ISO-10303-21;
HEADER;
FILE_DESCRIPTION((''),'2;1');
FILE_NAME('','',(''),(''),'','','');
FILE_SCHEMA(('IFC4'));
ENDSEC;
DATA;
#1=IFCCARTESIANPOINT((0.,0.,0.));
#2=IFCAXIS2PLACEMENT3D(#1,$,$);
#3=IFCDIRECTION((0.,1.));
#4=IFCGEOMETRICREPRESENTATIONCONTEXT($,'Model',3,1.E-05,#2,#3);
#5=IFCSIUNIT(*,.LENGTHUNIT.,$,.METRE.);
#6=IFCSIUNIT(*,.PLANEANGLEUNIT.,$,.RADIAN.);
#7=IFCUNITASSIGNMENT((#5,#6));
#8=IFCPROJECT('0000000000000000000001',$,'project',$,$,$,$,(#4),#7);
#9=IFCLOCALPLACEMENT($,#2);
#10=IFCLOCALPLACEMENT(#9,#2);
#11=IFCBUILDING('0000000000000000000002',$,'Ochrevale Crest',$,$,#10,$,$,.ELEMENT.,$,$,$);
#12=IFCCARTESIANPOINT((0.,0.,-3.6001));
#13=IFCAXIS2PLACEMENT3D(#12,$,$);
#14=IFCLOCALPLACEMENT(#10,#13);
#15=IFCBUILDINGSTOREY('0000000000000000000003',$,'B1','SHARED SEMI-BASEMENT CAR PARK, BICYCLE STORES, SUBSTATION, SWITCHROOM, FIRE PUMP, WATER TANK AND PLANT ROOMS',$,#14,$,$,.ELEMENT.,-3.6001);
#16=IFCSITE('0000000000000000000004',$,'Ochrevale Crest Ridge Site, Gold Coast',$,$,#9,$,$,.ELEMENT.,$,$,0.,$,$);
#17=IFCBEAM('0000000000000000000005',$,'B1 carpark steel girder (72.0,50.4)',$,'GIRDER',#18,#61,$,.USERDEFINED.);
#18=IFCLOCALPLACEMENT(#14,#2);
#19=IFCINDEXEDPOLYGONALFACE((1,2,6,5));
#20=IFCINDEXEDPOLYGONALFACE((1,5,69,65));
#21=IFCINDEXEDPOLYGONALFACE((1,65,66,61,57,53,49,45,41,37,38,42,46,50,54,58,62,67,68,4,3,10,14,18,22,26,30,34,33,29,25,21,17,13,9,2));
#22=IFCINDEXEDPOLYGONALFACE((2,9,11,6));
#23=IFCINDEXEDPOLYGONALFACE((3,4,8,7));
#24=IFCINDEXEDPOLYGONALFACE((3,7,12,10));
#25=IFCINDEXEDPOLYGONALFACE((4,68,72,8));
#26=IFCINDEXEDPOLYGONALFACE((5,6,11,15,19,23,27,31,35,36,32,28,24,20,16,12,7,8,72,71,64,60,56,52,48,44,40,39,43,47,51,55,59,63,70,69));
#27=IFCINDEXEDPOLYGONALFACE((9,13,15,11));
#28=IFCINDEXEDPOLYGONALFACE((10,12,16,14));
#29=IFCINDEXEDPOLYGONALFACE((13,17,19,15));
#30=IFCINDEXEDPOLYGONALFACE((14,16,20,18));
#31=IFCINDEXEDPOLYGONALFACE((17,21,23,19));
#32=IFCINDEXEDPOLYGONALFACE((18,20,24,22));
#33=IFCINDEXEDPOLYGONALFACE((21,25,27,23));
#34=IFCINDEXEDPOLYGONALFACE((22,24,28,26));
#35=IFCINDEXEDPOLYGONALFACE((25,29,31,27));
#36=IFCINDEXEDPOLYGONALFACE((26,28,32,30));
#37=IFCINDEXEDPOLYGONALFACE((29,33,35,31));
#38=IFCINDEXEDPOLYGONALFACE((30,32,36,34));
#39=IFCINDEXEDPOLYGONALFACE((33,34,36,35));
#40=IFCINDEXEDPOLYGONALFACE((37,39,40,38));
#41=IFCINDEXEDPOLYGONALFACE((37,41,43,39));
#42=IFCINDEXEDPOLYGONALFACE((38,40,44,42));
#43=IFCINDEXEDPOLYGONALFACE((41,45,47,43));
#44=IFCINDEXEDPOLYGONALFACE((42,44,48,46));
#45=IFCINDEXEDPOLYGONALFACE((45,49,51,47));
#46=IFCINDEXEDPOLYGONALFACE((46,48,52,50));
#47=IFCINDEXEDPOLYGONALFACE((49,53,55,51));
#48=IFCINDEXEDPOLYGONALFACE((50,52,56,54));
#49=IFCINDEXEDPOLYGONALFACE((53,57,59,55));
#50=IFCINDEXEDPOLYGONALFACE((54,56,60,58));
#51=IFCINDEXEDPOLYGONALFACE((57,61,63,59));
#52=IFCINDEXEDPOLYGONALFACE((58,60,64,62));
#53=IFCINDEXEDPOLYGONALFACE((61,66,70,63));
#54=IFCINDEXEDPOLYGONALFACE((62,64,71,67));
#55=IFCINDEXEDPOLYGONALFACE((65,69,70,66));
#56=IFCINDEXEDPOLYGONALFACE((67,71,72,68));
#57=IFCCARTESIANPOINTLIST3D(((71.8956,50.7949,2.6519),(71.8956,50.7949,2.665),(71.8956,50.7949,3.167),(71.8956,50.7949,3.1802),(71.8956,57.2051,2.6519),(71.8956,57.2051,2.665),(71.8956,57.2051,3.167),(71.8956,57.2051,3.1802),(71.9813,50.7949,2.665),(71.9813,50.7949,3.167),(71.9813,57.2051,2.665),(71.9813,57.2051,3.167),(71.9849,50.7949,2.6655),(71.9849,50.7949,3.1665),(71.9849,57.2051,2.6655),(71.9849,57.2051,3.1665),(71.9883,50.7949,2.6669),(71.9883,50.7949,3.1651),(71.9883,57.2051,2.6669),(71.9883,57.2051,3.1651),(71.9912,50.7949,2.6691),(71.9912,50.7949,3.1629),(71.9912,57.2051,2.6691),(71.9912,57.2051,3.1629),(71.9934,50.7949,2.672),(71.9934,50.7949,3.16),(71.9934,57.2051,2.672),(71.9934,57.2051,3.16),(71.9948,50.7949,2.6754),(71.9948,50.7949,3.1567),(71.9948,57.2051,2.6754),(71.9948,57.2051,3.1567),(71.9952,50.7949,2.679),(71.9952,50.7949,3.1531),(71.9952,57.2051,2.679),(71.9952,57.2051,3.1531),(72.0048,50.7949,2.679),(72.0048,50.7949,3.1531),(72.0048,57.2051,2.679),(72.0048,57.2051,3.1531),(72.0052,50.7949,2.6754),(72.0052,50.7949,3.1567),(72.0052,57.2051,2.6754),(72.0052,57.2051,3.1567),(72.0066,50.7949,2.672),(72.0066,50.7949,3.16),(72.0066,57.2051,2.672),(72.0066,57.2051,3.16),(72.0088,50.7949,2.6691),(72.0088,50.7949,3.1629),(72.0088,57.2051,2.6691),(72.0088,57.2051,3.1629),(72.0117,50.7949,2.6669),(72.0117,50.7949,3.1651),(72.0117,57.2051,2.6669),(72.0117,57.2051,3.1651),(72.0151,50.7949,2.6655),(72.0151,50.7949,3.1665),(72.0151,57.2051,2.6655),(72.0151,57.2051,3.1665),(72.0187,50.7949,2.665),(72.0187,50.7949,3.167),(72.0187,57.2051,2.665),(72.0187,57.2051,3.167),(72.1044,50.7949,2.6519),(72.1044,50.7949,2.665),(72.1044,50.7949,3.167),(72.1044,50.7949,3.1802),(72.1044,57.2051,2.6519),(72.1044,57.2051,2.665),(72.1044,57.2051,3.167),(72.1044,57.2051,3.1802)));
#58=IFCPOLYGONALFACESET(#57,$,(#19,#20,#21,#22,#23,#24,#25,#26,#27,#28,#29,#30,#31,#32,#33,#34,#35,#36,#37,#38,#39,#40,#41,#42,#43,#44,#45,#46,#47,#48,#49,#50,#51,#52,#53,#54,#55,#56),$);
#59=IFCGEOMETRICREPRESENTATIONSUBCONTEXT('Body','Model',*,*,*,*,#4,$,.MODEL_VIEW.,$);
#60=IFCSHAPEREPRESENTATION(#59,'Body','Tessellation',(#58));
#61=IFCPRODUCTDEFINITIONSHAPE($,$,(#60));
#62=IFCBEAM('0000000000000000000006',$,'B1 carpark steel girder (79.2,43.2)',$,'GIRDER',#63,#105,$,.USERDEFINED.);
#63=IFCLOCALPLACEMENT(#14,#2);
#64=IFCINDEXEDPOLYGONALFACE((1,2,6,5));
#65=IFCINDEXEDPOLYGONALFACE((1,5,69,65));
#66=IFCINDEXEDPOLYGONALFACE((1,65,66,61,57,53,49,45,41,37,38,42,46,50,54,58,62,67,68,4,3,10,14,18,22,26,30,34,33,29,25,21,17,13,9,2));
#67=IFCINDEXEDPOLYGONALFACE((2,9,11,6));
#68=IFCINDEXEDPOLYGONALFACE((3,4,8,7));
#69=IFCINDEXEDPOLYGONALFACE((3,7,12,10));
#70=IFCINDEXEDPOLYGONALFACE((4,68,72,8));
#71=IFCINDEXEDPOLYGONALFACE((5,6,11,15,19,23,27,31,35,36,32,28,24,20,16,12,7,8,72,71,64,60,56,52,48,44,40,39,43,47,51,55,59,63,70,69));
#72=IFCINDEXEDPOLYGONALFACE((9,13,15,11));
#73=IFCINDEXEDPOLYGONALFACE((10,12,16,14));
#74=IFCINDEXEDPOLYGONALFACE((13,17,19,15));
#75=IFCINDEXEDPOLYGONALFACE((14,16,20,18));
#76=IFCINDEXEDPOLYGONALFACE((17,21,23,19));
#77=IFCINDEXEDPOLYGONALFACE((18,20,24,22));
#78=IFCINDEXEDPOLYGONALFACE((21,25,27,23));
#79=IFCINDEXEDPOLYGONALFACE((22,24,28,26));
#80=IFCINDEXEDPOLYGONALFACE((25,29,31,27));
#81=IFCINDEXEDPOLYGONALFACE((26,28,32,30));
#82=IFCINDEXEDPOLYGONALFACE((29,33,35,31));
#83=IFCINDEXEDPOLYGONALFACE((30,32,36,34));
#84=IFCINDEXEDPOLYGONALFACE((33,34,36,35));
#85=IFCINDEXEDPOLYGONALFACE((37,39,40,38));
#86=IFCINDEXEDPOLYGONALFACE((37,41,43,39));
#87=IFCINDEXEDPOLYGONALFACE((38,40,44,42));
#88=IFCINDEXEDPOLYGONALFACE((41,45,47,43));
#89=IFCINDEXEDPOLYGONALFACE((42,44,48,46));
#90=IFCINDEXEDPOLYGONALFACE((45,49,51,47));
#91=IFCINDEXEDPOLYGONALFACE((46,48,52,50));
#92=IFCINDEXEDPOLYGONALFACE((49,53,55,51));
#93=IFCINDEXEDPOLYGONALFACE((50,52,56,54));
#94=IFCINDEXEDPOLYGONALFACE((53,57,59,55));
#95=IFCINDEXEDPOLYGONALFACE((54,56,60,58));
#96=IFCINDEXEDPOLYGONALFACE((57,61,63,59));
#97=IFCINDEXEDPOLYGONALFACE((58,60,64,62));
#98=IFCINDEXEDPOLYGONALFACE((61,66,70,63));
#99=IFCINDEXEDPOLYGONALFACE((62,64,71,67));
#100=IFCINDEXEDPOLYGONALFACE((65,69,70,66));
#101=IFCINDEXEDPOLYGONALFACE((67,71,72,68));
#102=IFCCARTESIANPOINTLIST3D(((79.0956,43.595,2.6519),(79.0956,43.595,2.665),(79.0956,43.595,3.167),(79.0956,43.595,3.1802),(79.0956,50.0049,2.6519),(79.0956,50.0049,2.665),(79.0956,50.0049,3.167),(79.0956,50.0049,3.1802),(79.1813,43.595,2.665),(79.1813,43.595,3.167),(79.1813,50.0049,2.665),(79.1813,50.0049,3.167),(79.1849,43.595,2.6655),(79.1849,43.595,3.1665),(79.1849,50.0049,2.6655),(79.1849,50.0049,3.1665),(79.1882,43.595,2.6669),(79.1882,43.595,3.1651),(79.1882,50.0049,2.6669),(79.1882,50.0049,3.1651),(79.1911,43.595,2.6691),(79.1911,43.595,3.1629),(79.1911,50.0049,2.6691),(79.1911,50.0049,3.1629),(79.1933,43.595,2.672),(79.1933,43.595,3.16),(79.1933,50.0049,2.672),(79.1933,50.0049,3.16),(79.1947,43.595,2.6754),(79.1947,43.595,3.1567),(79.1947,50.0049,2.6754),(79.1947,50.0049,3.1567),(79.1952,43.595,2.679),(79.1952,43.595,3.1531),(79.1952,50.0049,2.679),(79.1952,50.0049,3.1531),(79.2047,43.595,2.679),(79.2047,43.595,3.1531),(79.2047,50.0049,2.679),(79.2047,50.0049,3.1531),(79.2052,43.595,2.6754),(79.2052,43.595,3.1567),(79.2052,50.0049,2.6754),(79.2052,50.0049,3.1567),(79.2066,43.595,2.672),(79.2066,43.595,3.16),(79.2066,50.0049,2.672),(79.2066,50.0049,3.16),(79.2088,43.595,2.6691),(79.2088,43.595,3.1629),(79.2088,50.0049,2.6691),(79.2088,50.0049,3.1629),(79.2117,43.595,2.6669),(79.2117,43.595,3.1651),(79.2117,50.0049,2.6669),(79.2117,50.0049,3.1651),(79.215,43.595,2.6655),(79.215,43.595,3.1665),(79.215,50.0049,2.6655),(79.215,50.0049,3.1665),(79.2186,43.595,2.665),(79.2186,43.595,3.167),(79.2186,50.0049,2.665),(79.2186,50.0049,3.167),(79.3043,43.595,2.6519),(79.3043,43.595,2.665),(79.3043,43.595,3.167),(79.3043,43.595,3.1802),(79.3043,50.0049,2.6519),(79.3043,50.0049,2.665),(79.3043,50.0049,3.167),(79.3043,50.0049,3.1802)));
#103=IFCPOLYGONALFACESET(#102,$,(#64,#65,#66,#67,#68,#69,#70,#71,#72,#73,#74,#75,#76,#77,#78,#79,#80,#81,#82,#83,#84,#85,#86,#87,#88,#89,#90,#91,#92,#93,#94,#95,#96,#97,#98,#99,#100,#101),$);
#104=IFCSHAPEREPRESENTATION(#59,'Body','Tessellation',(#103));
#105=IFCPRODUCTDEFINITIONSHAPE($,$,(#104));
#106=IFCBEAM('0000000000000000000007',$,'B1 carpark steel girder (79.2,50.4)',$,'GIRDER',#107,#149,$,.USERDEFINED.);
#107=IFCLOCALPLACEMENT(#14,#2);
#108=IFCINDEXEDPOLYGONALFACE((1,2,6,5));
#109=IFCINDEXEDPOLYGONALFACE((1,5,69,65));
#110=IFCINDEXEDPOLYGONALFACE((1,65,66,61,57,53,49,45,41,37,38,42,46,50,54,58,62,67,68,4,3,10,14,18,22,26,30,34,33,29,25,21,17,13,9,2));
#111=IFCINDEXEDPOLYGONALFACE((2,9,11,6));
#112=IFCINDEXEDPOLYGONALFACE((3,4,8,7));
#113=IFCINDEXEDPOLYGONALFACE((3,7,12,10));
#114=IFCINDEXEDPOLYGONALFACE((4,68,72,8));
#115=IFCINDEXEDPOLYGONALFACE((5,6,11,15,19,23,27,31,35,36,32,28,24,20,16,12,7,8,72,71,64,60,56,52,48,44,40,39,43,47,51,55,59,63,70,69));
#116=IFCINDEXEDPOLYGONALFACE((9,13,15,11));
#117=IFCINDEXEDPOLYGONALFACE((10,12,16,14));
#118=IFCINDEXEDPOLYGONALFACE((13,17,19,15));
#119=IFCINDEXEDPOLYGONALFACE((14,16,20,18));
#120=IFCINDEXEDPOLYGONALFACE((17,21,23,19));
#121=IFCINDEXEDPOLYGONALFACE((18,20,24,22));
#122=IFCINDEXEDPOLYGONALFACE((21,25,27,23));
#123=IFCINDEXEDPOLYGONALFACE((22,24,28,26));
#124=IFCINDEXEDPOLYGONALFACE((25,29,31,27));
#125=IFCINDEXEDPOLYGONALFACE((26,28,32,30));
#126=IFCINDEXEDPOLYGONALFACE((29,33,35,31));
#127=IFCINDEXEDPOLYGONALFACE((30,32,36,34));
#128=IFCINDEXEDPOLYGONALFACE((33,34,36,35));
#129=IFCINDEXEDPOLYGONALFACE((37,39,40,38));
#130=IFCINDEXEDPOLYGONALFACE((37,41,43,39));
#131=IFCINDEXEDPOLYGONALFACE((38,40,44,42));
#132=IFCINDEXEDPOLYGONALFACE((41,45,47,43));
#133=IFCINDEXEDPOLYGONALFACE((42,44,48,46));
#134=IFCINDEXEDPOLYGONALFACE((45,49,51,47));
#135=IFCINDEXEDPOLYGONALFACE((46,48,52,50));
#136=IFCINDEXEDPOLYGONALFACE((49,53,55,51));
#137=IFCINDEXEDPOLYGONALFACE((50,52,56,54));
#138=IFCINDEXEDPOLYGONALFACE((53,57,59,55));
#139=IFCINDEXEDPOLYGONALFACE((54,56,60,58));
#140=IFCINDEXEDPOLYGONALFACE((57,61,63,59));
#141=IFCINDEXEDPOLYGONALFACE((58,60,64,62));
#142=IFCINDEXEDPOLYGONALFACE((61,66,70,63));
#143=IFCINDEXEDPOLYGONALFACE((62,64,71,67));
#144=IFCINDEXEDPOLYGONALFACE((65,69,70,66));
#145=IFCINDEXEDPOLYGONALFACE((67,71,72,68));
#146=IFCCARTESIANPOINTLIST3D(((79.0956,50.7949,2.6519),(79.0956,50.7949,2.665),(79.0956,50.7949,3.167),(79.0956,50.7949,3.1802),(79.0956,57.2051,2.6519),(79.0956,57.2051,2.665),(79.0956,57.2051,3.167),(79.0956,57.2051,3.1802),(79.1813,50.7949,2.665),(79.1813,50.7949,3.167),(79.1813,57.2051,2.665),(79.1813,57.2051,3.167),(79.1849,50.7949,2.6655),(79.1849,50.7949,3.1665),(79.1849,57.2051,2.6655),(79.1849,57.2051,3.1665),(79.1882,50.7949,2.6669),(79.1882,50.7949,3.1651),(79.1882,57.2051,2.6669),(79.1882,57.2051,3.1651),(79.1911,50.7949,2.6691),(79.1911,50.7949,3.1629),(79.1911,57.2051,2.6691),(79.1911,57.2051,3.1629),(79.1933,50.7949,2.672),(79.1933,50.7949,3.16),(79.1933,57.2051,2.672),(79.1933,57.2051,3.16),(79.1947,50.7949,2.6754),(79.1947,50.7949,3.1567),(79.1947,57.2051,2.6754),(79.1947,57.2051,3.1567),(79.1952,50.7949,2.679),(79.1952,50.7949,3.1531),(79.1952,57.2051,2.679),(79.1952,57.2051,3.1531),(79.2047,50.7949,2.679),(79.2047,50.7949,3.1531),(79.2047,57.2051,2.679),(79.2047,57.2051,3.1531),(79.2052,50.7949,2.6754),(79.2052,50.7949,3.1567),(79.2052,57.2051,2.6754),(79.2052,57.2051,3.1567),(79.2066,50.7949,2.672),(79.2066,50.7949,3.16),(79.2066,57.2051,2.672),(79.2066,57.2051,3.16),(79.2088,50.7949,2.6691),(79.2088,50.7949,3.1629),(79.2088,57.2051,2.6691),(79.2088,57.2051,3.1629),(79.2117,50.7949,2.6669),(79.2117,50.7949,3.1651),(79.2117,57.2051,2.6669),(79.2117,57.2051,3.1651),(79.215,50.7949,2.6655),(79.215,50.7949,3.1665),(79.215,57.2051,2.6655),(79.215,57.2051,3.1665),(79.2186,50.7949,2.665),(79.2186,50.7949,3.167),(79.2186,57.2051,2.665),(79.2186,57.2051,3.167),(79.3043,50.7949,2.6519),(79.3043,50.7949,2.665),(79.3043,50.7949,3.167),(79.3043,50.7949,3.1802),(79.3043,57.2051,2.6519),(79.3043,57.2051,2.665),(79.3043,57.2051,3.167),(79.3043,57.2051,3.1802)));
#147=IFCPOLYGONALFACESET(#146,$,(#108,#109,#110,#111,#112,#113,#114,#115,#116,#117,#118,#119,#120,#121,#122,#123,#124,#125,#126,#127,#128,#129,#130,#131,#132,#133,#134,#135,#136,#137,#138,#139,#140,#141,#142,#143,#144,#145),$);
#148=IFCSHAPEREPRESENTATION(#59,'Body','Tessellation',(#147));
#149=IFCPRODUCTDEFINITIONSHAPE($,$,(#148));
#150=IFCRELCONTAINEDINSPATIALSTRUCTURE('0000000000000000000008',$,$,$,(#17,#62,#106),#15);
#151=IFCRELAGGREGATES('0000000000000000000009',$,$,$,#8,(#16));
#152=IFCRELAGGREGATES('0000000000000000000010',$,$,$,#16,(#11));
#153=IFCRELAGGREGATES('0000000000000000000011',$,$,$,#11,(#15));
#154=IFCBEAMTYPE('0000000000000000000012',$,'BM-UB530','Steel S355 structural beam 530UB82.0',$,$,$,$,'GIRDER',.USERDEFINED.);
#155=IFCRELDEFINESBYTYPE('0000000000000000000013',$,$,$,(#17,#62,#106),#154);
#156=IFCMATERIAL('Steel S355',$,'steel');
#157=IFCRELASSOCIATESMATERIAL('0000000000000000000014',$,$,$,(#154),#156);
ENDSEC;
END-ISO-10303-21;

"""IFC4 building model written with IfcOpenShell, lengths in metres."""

from ifc_helpers import new_model, si_unit, direction, frame, origin, origin_2d, place, context, subcontext, project, spatial, i_section, extrude, material, material_profile, profile_set, type_object, element, save


model = new_model("IFC4")

# Units and contexts
model_context = context("Model", 3, precision=1e-05, world=origin(), true_north=direction((0.0, 1.0)))
body_context = subcontext(model_context, "Body", "Model", "MODEL_VIEW")
ifc_project = project(units=[si_unit("LENGTHUNIT", "METRE"), si_unit("PLANEANGLEUNIT", "RADIAN")], contexts=[model_context])

# Site, building, storey
site_placement = place(None, origin())
site = spatial("IfcSite", under=ifc_project, at=site_placement, Name="Ochrevale Crest Ridge Site, Gold Coast", CompositionType="ELEMENT", RefElevation=0.0)
building_placement = place(site_placement, origin())
building = spatial("IfcBuilding", under=site, at=building_placement, Name="Ochrevale Crest", CompositionType="ELEMENT")
storey_placement = place(building_placement, frame((0.0, 0.0, -3.6001)))
storey = spatial("IfcBuildingStorey", under=building, at=storey_placement, Name="B1", Description="SHARED SEMI-BASEMENT CAR PARK, BICYCLE STORES, SUBSTATION, SWITCHROOM, FIRE PUMP, WATER TANK AND PLANT ROOMS", CompositionType="ELEMENT", Elevation=-3.6001)

# Beams
ifc_material_1 = material(Name="Steel S355", Category="steel")
ifc_material_profile_1 = material_profile(ifc_material_1, i_section(OverallWidth=0.2087, OverallDepth=0.5283, WebThickness=0.0095, FlangeThickness=0.0132, FilletRadius=0.0139, at=origin_2d()), Name="530UB82.0")
ifc_profile_set_1 = profile_set([ifc_material_profile_1], Name="Steel S355")
beam_type_1 = type_object("IfcBeamType", Name="BM-UB530", Description="Steel S355 structural beam 530UB82.0", ElementType="GIRDER", PredefinedType="USERDEFINED", material=ifc_profile_set_1)
beam_1_placement = place(storey_placement, frame((72.0, 50.7949, 2.916), z_axis=(0.0, 1.0, 0.0), x_axis=(-1.0, 0.0, 0.0)))
element("IfcBeam", 1, at=beam_1_placement, inside=storey, type_object=beam_type_1, Name="B1 carpark steel girder (72.0,50.4)", ObjectType="GIRDER", PredefinedType="USERDEFINED", context=body_context, shape_type="SweptSolid", body=[
    extrude(i_section(OverallWidth=0.2087, OverallDepth=0.5283, WebThickness=0.0095, FlangeThickness=0.0132, FilletRadius=0.0139, at=origin_2d()), origin(), (0.0, 0.0, 1.0), 6.4102),
])
beam_2_placement = place(storey_placement, frame((79.2, 43.595, 2.916), z_axis=(0.0, 1.0, 0.0), x_axis=(-1.0, 0.0, 0.0)))
element("IfcBeam", 2, at=beam_2_placement, inside=storey, type_object=beam_type_1, Name="B1 carpark steel girder (79.2,43.2)", ObjectType="GIRDER", PredefinedType="USERDEFINED", context=body_context, shape_type="SweptSolid", body=[
    extrude(i_section(OverallWidth=0.2087, OverallDepth=0.5283, WebThickness=0.0095, FlangeThickness=0.0132, FilletRadius=0.0139, at=origin_2d()), origin(), (0.0, 0.0, 1.0), 6.4099),
])
beam_3_placement = place(storey_placement, frame((79.2, 50.7949, 2.916), z_axis=(0.0, 1.0, 0.0), x_axis=(-1.0, 0.0, 0.0)))
element("IfcBeam", 3, at=beam_3_placement, inside=storey, type_object=beam_type_1, Name="B1 carpark steel girder (79.2,50.4)", ObjectType="GIRDER", PredefinedType="USERDEFINED", context=body_context, shape_type="SweptSolid", body=[
    extrude(i_section(OverallWidth=0.2087, OverallDepth=0.5283, WebThickness=0.0095, FlangeThickness=0.0132, FilletRadius=0.0139, at=origin_2d()), origin(), (0.0, 0.0, 1.0), 6.4102),
])

save(model, "model.ifc")
